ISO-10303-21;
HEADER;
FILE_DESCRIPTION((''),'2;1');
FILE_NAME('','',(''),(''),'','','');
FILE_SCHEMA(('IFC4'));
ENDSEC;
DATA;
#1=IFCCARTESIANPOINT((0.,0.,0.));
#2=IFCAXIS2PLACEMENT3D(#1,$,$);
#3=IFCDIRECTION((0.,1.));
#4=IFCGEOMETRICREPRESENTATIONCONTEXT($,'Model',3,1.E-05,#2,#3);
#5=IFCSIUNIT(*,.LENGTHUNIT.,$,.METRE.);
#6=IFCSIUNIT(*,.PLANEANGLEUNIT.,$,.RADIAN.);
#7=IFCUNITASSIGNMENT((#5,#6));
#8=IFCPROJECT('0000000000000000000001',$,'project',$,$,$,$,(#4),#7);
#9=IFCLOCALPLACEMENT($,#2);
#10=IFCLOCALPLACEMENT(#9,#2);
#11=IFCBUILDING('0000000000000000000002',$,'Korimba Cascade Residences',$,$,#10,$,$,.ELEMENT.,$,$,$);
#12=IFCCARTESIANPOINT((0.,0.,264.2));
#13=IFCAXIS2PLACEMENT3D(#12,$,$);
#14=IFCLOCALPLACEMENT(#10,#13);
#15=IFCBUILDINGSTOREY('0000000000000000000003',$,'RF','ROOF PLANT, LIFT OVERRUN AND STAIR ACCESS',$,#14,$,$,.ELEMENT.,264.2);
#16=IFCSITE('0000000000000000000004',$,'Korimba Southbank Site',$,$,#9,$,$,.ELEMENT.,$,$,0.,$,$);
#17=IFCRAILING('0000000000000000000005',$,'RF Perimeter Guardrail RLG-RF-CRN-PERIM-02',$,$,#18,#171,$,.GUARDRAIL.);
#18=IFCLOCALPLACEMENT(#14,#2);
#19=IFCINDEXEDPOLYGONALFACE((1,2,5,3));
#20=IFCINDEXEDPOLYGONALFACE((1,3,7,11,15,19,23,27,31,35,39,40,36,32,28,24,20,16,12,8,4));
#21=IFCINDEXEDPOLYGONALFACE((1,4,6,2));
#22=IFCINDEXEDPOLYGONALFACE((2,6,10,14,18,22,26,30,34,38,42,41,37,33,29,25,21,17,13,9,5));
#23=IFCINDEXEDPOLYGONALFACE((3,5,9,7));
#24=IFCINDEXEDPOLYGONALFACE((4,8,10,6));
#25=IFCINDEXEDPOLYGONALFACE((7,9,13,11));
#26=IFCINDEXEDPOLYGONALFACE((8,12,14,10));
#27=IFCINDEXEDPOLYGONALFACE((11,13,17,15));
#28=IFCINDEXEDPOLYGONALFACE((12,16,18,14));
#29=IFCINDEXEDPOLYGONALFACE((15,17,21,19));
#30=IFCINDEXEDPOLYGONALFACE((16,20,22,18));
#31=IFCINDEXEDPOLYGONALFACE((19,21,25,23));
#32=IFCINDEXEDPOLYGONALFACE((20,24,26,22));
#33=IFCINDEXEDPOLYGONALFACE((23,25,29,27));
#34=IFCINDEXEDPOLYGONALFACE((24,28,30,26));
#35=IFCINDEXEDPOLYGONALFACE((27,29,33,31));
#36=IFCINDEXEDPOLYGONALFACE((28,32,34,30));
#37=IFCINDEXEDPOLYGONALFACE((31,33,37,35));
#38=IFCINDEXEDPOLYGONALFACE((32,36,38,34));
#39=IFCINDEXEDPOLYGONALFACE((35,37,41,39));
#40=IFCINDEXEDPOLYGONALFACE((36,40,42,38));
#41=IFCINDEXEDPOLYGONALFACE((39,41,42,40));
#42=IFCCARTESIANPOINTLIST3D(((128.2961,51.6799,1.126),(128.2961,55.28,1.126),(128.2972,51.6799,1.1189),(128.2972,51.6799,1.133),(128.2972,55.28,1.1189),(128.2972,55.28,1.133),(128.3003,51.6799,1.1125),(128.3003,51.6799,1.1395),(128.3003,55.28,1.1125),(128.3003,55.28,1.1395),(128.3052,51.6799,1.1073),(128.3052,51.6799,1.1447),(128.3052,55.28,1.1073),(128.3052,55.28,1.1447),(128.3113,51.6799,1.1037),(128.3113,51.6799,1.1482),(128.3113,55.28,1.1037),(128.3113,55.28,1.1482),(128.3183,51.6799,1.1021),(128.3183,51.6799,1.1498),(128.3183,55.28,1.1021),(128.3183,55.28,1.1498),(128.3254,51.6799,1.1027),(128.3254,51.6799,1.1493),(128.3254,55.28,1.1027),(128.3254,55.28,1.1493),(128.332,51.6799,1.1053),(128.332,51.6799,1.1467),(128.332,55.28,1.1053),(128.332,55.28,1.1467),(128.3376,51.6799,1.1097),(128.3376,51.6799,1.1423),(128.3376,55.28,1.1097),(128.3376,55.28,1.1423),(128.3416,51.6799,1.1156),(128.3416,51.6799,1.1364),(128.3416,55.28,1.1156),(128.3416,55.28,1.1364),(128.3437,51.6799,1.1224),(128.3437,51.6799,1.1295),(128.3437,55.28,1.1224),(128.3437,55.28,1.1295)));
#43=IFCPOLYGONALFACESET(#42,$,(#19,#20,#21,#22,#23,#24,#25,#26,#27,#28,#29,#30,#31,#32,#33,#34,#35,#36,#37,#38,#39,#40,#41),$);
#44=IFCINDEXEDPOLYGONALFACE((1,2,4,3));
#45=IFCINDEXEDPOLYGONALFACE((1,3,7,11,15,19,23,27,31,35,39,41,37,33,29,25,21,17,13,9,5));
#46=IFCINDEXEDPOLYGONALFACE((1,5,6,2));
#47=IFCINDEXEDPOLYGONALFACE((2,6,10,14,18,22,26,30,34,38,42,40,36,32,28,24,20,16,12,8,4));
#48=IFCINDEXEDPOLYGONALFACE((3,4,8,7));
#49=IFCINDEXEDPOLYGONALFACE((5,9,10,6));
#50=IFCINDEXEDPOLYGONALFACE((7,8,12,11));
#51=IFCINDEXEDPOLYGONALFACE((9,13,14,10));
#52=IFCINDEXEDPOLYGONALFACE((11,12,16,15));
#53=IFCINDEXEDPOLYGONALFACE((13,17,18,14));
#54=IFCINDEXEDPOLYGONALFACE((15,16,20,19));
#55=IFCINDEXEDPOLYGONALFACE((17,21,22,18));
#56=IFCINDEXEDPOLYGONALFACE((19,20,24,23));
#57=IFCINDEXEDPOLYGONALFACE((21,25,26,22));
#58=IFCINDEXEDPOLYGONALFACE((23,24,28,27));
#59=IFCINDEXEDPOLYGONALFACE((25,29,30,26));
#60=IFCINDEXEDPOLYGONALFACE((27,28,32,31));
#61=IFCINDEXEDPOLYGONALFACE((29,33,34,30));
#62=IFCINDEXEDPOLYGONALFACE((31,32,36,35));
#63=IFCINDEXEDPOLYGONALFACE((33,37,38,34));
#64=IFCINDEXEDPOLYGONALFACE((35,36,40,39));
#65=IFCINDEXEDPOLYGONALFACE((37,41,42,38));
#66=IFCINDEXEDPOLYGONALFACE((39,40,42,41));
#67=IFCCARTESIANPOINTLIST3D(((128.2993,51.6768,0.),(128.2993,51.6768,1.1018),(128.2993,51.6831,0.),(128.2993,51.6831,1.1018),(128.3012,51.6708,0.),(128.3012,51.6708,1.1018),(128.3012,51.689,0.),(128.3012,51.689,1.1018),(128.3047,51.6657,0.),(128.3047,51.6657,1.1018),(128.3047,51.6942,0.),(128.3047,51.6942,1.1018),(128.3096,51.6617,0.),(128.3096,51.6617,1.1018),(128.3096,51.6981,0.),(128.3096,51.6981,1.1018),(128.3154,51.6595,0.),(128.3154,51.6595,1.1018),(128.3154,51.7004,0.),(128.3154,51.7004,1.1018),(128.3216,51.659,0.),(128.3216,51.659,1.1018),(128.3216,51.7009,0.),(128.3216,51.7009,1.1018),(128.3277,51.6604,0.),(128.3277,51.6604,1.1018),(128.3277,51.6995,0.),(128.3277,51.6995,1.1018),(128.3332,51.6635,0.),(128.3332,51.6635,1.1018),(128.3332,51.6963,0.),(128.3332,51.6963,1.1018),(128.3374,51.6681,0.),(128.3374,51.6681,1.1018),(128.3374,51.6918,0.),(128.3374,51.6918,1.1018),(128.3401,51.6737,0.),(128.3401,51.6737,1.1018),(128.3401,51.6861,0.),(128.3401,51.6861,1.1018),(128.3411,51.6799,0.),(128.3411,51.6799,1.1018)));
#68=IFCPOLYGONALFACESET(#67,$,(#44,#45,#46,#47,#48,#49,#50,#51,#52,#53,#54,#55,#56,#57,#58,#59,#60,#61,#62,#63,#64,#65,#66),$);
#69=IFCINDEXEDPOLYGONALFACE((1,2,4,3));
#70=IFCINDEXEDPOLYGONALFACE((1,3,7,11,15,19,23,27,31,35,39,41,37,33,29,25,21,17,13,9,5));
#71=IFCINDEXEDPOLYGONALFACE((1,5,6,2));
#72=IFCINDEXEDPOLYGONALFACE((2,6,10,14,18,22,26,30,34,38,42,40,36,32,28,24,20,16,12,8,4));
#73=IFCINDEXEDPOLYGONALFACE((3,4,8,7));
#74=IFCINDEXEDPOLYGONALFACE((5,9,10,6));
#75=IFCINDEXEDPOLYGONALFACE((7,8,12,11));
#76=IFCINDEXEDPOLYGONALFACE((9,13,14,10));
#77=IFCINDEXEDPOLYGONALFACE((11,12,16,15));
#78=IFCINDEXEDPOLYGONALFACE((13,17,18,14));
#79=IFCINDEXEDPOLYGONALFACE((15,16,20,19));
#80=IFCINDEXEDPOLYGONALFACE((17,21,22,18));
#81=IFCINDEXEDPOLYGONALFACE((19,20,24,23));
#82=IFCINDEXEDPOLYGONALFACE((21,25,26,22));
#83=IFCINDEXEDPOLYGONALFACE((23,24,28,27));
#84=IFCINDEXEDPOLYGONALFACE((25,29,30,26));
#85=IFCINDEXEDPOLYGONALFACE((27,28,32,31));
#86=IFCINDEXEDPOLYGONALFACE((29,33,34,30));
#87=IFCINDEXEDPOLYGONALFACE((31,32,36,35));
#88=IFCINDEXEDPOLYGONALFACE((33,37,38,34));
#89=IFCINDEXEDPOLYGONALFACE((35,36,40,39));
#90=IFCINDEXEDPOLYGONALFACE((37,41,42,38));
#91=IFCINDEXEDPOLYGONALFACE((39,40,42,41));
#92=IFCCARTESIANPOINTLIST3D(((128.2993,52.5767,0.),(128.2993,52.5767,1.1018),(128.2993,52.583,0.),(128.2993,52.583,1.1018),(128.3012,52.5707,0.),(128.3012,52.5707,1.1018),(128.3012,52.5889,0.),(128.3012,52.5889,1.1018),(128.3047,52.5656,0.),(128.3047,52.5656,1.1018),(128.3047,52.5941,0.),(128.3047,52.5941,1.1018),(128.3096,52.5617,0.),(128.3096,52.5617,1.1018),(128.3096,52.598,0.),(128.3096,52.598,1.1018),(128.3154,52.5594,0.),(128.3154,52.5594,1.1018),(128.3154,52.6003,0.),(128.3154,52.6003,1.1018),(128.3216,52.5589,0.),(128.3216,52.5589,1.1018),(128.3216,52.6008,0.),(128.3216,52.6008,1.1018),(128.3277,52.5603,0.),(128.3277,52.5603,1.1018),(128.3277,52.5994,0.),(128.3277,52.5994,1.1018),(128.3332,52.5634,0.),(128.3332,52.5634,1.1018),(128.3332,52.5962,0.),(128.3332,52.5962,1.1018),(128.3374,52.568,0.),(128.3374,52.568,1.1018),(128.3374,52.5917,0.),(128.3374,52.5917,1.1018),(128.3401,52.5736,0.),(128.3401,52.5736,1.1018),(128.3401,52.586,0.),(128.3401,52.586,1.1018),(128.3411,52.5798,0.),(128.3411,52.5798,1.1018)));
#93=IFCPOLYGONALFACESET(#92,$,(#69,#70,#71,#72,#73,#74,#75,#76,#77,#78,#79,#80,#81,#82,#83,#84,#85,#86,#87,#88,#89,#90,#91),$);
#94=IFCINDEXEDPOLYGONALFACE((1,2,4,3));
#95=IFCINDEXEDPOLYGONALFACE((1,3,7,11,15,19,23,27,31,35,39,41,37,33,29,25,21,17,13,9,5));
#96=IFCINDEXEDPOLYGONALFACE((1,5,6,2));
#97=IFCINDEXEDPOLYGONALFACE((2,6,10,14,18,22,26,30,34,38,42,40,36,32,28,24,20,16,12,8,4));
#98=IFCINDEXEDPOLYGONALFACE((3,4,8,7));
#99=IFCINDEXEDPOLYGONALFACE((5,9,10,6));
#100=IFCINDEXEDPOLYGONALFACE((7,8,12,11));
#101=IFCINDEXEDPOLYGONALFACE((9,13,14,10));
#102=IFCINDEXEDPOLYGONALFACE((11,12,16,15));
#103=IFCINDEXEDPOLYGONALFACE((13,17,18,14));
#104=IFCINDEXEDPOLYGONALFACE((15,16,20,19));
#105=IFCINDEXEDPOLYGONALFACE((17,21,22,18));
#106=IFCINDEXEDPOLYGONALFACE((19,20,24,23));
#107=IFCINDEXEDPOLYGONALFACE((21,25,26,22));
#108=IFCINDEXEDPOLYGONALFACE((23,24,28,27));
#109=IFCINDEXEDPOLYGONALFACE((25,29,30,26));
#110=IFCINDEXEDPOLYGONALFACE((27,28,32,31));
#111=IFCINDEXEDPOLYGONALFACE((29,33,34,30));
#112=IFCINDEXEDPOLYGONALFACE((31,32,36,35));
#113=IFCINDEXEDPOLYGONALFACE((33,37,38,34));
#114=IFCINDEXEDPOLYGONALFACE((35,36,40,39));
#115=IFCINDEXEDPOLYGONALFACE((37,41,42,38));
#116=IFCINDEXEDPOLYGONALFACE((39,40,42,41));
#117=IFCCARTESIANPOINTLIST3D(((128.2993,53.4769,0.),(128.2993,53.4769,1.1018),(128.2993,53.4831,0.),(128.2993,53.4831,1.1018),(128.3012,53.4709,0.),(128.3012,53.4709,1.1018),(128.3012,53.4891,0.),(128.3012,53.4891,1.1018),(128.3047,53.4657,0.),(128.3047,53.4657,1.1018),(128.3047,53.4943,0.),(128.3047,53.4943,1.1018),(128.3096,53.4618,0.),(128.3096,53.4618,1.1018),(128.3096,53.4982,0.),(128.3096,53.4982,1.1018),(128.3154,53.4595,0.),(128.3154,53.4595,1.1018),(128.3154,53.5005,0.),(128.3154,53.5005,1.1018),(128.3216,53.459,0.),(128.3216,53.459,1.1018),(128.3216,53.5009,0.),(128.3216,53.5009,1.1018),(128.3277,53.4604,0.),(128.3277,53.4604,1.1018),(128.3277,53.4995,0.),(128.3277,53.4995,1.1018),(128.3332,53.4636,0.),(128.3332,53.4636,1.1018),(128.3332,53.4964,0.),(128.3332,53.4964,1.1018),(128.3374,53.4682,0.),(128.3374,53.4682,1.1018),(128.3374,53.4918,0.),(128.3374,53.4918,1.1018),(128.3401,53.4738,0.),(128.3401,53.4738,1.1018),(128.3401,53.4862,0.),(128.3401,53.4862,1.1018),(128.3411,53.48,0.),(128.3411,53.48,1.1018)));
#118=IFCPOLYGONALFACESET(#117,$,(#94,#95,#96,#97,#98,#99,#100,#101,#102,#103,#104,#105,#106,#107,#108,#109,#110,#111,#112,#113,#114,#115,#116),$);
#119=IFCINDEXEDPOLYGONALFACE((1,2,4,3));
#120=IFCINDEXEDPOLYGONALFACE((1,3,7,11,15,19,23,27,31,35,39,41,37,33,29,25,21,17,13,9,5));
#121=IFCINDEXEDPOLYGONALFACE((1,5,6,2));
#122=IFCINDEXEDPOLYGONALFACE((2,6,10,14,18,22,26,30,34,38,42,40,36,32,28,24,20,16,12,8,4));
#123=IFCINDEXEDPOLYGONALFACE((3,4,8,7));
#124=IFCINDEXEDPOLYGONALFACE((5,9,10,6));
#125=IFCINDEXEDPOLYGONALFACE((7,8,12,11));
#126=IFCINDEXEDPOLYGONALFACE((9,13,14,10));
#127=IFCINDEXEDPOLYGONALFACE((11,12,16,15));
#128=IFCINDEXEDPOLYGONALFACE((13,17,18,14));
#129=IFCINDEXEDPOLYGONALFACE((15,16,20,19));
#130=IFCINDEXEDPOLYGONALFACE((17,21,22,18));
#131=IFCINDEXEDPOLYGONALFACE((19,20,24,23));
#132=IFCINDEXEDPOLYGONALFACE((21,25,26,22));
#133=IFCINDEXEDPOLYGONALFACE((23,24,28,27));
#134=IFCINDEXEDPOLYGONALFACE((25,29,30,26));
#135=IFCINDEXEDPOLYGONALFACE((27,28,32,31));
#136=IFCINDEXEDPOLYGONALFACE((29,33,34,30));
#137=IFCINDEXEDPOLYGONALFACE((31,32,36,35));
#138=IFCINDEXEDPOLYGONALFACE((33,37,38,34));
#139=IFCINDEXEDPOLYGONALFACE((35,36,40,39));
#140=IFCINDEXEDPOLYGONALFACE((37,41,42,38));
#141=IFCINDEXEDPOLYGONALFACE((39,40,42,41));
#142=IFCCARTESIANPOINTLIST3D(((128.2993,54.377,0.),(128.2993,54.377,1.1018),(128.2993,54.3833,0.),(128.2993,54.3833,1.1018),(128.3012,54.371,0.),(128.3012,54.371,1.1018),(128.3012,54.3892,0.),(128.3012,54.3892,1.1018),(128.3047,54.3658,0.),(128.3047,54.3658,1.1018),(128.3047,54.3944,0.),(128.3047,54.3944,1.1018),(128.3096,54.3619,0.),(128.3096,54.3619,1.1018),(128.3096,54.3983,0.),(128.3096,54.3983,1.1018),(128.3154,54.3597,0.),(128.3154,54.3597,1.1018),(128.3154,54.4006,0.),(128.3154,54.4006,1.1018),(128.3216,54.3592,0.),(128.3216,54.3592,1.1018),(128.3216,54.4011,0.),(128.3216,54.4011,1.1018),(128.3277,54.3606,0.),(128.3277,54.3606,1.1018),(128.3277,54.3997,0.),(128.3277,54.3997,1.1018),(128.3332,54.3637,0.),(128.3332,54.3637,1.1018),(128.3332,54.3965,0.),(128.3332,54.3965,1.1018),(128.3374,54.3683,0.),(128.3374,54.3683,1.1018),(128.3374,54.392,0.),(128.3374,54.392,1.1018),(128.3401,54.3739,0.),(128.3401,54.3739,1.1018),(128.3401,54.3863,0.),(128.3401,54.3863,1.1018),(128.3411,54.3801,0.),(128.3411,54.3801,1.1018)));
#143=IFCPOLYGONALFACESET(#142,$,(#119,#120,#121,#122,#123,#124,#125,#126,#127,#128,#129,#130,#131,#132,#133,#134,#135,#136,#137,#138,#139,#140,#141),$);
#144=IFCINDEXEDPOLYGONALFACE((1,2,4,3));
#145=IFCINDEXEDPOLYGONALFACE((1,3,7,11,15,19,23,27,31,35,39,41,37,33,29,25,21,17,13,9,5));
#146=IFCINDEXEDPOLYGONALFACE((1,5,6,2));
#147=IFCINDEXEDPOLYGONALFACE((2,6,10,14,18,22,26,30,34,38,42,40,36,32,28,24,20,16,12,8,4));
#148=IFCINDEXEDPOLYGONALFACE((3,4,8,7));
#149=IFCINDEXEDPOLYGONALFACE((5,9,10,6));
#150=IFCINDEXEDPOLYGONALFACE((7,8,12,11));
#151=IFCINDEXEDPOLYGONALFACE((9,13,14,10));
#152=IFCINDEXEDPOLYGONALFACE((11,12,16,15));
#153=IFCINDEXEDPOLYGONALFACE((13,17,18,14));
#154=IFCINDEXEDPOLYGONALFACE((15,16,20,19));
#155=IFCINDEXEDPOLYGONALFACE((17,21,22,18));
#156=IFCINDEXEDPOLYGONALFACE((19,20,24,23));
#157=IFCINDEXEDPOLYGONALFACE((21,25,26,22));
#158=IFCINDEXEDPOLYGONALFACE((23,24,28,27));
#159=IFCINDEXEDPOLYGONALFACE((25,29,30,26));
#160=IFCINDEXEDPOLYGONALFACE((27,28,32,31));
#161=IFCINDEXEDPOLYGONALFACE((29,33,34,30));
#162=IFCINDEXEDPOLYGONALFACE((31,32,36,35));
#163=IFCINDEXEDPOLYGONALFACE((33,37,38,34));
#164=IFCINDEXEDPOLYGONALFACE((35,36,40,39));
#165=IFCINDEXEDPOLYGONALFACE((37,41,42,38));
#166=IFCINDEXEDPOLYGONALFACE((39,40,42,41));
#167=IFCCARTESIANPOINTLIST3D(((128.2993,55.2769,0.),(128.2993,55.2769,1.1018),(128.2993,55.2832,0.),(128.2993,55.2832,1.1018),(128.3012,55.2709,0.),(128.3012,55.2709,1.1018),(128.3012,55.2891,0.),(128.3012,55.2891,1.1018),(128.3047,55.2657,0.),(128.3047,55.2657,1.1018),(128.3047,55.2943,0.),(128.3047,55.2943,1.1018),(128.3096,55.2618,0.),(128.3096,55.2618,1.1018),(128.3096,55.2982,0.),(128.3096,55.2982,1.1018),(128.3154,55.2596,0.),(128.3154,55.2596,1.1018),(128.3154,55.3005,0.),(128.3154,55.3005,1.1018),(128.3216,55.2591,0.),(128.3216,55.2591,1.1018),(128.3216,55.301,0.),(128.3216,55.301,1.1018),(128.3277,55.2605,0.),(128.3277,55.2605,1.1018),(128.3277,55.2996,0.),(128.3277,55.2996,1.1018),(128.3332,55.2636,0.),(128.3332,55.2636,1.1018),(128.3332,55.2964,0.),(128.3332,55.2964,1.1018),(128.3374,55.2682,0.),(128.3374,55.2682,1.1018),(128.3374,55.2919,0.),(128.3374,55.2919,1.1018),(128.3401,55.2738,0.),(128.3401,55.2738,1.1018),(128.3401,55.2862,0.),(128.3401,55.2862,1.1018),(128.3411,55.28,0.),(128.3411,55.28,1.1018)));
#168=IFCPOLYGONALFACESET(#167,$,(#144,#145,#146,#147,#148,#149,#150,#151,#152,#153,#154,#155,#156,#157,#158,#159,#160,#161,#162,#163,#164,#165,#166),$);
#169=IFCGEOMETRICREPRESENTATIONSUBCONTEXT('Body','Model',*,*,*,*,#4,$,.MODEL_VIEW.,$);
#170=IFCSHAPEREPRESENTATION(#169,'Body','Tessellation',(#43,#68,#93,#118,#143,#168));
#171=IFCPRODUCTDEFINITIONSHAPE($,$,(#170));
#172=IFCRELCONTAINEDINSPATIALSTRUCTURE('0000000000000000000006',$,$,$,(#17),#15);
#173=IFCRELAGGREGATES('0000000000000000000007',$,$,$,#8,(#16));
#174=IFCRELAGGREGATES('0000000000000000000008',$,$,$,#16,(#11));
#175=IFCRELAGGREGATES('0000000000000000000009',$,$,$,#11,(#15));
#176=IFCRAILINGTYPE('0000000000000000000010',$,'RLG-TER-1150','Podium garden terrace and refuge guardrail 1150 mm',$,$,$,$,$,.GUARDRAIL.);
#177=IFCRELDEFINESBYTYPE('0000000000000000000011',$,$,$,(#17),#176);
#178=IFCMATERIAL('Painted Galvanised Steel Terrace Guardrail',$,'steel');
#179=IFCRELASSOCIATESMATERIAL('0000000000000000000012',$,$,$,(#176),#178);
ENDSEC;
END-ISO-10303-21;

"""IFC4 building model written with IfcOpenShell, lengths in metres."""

from ifc_helpers import new_model, si_unit, direction, frame, origin, origin_2d, place, context, subcontext, project, spatial, circle, extrude, material, type_object, element, save


model = new_model("IFC4")

# Units and contexts
model_context = context("Model", 3, precision=1e-05, world=origin(), true_north=direction((0.0, 1.0)))
body_context = subcontext(model_context, "Body", "Model", "MODEL_VIEW")
ifc_project = project(units=[si_unit("LENGTHUNIT", "METRE"), si_unit("PLANEANGLEUNIT", "RADIAN")], contexts=[model_context])

# Site, building, storey
site_placement = place(None, origin())
site = spatial("IfcSite", under=ifc_project, at=site_placement, Name="Korimba Southbank Site", CompositionType="ELEMENT", RefElevation=0.0)
building_placement = place(site_placement, origin())
building = spatial("IfcBuilding", under=site, at=building_placement, Name="Korimba Cascade Residences", CompositionType="ELEMENT")
storey_placement = place(building_placement, frame((0.0, 0.0, 264.2)))
storey = spatial("IfcBuildingStorey", under=building, at=storey_placement, Name="RF", Description="ROOF PLANT, LIFT OVERRUN AND STAIR ACCESS", CompositionType="ELEMENT", Elevation=264.2)

# Railing
ifc_material_1 = material(Name="Painted Galvanised Steel Terrace Guardrail", Category="steel")
railing_type = type_object("IfcRailingType", Name="RLG-TER-1150", Description="Podium garden terrace and refuge guardrail 1150 mm", PredefinedType="GUARDRAIL", material=ifc_material_1)
railing_1_placement = place(storey_placement, frame((128.3201, 51.6799, 0.0)))
element("IfcRailing", 1, at=railing_1_placement, inside=storey, type_object=railing_type, Name="RF Perimeter Guardrail RLG-RF-CRN-PERIM-02", PredefinedType="GUARDRAIL", context=body_context, shape_type="SweptSolid", body=[
    extrude(circle(Radius=0.0239, at=origin_2d()), frame((0.0, 0.0, 1.126), z_axis=(0.0, 1.0, 0.0), x_axis=(-1.0, 0.0, 0.0)), (0.0, 0.0, 1.0), 3.6001),
    extrude(circle(Radius=0.021, at=origin_2d()), origin(), (0.0, 0.0, 1.0), 1.1018),
    extrude(circle(Radius=0.021, at=origin_2d()), frame((0.0, 0.8999, 0.0)), (0.0, 0.0, 1.0), 1.1018),
    extrude(circle(Radius=0.021, at=origin_2d()), frame((0.0, 1.8, 0.0)), (0.0, 0.0, 1.0), 1.1018),
    extrude(circle(Radius=0.021, at=origin_2d()), frame((0.0, 2.7002, 0.0)), (0.0, 0.0, 1.0), 1.1018),
    extrude(circle(Radius=0.021, at=origin_2d()), frame((0.0, 3.6001, 0.0)), (0.0, 0.0, 1.0), 1.1018),
])

save(model, "model.ifc")
